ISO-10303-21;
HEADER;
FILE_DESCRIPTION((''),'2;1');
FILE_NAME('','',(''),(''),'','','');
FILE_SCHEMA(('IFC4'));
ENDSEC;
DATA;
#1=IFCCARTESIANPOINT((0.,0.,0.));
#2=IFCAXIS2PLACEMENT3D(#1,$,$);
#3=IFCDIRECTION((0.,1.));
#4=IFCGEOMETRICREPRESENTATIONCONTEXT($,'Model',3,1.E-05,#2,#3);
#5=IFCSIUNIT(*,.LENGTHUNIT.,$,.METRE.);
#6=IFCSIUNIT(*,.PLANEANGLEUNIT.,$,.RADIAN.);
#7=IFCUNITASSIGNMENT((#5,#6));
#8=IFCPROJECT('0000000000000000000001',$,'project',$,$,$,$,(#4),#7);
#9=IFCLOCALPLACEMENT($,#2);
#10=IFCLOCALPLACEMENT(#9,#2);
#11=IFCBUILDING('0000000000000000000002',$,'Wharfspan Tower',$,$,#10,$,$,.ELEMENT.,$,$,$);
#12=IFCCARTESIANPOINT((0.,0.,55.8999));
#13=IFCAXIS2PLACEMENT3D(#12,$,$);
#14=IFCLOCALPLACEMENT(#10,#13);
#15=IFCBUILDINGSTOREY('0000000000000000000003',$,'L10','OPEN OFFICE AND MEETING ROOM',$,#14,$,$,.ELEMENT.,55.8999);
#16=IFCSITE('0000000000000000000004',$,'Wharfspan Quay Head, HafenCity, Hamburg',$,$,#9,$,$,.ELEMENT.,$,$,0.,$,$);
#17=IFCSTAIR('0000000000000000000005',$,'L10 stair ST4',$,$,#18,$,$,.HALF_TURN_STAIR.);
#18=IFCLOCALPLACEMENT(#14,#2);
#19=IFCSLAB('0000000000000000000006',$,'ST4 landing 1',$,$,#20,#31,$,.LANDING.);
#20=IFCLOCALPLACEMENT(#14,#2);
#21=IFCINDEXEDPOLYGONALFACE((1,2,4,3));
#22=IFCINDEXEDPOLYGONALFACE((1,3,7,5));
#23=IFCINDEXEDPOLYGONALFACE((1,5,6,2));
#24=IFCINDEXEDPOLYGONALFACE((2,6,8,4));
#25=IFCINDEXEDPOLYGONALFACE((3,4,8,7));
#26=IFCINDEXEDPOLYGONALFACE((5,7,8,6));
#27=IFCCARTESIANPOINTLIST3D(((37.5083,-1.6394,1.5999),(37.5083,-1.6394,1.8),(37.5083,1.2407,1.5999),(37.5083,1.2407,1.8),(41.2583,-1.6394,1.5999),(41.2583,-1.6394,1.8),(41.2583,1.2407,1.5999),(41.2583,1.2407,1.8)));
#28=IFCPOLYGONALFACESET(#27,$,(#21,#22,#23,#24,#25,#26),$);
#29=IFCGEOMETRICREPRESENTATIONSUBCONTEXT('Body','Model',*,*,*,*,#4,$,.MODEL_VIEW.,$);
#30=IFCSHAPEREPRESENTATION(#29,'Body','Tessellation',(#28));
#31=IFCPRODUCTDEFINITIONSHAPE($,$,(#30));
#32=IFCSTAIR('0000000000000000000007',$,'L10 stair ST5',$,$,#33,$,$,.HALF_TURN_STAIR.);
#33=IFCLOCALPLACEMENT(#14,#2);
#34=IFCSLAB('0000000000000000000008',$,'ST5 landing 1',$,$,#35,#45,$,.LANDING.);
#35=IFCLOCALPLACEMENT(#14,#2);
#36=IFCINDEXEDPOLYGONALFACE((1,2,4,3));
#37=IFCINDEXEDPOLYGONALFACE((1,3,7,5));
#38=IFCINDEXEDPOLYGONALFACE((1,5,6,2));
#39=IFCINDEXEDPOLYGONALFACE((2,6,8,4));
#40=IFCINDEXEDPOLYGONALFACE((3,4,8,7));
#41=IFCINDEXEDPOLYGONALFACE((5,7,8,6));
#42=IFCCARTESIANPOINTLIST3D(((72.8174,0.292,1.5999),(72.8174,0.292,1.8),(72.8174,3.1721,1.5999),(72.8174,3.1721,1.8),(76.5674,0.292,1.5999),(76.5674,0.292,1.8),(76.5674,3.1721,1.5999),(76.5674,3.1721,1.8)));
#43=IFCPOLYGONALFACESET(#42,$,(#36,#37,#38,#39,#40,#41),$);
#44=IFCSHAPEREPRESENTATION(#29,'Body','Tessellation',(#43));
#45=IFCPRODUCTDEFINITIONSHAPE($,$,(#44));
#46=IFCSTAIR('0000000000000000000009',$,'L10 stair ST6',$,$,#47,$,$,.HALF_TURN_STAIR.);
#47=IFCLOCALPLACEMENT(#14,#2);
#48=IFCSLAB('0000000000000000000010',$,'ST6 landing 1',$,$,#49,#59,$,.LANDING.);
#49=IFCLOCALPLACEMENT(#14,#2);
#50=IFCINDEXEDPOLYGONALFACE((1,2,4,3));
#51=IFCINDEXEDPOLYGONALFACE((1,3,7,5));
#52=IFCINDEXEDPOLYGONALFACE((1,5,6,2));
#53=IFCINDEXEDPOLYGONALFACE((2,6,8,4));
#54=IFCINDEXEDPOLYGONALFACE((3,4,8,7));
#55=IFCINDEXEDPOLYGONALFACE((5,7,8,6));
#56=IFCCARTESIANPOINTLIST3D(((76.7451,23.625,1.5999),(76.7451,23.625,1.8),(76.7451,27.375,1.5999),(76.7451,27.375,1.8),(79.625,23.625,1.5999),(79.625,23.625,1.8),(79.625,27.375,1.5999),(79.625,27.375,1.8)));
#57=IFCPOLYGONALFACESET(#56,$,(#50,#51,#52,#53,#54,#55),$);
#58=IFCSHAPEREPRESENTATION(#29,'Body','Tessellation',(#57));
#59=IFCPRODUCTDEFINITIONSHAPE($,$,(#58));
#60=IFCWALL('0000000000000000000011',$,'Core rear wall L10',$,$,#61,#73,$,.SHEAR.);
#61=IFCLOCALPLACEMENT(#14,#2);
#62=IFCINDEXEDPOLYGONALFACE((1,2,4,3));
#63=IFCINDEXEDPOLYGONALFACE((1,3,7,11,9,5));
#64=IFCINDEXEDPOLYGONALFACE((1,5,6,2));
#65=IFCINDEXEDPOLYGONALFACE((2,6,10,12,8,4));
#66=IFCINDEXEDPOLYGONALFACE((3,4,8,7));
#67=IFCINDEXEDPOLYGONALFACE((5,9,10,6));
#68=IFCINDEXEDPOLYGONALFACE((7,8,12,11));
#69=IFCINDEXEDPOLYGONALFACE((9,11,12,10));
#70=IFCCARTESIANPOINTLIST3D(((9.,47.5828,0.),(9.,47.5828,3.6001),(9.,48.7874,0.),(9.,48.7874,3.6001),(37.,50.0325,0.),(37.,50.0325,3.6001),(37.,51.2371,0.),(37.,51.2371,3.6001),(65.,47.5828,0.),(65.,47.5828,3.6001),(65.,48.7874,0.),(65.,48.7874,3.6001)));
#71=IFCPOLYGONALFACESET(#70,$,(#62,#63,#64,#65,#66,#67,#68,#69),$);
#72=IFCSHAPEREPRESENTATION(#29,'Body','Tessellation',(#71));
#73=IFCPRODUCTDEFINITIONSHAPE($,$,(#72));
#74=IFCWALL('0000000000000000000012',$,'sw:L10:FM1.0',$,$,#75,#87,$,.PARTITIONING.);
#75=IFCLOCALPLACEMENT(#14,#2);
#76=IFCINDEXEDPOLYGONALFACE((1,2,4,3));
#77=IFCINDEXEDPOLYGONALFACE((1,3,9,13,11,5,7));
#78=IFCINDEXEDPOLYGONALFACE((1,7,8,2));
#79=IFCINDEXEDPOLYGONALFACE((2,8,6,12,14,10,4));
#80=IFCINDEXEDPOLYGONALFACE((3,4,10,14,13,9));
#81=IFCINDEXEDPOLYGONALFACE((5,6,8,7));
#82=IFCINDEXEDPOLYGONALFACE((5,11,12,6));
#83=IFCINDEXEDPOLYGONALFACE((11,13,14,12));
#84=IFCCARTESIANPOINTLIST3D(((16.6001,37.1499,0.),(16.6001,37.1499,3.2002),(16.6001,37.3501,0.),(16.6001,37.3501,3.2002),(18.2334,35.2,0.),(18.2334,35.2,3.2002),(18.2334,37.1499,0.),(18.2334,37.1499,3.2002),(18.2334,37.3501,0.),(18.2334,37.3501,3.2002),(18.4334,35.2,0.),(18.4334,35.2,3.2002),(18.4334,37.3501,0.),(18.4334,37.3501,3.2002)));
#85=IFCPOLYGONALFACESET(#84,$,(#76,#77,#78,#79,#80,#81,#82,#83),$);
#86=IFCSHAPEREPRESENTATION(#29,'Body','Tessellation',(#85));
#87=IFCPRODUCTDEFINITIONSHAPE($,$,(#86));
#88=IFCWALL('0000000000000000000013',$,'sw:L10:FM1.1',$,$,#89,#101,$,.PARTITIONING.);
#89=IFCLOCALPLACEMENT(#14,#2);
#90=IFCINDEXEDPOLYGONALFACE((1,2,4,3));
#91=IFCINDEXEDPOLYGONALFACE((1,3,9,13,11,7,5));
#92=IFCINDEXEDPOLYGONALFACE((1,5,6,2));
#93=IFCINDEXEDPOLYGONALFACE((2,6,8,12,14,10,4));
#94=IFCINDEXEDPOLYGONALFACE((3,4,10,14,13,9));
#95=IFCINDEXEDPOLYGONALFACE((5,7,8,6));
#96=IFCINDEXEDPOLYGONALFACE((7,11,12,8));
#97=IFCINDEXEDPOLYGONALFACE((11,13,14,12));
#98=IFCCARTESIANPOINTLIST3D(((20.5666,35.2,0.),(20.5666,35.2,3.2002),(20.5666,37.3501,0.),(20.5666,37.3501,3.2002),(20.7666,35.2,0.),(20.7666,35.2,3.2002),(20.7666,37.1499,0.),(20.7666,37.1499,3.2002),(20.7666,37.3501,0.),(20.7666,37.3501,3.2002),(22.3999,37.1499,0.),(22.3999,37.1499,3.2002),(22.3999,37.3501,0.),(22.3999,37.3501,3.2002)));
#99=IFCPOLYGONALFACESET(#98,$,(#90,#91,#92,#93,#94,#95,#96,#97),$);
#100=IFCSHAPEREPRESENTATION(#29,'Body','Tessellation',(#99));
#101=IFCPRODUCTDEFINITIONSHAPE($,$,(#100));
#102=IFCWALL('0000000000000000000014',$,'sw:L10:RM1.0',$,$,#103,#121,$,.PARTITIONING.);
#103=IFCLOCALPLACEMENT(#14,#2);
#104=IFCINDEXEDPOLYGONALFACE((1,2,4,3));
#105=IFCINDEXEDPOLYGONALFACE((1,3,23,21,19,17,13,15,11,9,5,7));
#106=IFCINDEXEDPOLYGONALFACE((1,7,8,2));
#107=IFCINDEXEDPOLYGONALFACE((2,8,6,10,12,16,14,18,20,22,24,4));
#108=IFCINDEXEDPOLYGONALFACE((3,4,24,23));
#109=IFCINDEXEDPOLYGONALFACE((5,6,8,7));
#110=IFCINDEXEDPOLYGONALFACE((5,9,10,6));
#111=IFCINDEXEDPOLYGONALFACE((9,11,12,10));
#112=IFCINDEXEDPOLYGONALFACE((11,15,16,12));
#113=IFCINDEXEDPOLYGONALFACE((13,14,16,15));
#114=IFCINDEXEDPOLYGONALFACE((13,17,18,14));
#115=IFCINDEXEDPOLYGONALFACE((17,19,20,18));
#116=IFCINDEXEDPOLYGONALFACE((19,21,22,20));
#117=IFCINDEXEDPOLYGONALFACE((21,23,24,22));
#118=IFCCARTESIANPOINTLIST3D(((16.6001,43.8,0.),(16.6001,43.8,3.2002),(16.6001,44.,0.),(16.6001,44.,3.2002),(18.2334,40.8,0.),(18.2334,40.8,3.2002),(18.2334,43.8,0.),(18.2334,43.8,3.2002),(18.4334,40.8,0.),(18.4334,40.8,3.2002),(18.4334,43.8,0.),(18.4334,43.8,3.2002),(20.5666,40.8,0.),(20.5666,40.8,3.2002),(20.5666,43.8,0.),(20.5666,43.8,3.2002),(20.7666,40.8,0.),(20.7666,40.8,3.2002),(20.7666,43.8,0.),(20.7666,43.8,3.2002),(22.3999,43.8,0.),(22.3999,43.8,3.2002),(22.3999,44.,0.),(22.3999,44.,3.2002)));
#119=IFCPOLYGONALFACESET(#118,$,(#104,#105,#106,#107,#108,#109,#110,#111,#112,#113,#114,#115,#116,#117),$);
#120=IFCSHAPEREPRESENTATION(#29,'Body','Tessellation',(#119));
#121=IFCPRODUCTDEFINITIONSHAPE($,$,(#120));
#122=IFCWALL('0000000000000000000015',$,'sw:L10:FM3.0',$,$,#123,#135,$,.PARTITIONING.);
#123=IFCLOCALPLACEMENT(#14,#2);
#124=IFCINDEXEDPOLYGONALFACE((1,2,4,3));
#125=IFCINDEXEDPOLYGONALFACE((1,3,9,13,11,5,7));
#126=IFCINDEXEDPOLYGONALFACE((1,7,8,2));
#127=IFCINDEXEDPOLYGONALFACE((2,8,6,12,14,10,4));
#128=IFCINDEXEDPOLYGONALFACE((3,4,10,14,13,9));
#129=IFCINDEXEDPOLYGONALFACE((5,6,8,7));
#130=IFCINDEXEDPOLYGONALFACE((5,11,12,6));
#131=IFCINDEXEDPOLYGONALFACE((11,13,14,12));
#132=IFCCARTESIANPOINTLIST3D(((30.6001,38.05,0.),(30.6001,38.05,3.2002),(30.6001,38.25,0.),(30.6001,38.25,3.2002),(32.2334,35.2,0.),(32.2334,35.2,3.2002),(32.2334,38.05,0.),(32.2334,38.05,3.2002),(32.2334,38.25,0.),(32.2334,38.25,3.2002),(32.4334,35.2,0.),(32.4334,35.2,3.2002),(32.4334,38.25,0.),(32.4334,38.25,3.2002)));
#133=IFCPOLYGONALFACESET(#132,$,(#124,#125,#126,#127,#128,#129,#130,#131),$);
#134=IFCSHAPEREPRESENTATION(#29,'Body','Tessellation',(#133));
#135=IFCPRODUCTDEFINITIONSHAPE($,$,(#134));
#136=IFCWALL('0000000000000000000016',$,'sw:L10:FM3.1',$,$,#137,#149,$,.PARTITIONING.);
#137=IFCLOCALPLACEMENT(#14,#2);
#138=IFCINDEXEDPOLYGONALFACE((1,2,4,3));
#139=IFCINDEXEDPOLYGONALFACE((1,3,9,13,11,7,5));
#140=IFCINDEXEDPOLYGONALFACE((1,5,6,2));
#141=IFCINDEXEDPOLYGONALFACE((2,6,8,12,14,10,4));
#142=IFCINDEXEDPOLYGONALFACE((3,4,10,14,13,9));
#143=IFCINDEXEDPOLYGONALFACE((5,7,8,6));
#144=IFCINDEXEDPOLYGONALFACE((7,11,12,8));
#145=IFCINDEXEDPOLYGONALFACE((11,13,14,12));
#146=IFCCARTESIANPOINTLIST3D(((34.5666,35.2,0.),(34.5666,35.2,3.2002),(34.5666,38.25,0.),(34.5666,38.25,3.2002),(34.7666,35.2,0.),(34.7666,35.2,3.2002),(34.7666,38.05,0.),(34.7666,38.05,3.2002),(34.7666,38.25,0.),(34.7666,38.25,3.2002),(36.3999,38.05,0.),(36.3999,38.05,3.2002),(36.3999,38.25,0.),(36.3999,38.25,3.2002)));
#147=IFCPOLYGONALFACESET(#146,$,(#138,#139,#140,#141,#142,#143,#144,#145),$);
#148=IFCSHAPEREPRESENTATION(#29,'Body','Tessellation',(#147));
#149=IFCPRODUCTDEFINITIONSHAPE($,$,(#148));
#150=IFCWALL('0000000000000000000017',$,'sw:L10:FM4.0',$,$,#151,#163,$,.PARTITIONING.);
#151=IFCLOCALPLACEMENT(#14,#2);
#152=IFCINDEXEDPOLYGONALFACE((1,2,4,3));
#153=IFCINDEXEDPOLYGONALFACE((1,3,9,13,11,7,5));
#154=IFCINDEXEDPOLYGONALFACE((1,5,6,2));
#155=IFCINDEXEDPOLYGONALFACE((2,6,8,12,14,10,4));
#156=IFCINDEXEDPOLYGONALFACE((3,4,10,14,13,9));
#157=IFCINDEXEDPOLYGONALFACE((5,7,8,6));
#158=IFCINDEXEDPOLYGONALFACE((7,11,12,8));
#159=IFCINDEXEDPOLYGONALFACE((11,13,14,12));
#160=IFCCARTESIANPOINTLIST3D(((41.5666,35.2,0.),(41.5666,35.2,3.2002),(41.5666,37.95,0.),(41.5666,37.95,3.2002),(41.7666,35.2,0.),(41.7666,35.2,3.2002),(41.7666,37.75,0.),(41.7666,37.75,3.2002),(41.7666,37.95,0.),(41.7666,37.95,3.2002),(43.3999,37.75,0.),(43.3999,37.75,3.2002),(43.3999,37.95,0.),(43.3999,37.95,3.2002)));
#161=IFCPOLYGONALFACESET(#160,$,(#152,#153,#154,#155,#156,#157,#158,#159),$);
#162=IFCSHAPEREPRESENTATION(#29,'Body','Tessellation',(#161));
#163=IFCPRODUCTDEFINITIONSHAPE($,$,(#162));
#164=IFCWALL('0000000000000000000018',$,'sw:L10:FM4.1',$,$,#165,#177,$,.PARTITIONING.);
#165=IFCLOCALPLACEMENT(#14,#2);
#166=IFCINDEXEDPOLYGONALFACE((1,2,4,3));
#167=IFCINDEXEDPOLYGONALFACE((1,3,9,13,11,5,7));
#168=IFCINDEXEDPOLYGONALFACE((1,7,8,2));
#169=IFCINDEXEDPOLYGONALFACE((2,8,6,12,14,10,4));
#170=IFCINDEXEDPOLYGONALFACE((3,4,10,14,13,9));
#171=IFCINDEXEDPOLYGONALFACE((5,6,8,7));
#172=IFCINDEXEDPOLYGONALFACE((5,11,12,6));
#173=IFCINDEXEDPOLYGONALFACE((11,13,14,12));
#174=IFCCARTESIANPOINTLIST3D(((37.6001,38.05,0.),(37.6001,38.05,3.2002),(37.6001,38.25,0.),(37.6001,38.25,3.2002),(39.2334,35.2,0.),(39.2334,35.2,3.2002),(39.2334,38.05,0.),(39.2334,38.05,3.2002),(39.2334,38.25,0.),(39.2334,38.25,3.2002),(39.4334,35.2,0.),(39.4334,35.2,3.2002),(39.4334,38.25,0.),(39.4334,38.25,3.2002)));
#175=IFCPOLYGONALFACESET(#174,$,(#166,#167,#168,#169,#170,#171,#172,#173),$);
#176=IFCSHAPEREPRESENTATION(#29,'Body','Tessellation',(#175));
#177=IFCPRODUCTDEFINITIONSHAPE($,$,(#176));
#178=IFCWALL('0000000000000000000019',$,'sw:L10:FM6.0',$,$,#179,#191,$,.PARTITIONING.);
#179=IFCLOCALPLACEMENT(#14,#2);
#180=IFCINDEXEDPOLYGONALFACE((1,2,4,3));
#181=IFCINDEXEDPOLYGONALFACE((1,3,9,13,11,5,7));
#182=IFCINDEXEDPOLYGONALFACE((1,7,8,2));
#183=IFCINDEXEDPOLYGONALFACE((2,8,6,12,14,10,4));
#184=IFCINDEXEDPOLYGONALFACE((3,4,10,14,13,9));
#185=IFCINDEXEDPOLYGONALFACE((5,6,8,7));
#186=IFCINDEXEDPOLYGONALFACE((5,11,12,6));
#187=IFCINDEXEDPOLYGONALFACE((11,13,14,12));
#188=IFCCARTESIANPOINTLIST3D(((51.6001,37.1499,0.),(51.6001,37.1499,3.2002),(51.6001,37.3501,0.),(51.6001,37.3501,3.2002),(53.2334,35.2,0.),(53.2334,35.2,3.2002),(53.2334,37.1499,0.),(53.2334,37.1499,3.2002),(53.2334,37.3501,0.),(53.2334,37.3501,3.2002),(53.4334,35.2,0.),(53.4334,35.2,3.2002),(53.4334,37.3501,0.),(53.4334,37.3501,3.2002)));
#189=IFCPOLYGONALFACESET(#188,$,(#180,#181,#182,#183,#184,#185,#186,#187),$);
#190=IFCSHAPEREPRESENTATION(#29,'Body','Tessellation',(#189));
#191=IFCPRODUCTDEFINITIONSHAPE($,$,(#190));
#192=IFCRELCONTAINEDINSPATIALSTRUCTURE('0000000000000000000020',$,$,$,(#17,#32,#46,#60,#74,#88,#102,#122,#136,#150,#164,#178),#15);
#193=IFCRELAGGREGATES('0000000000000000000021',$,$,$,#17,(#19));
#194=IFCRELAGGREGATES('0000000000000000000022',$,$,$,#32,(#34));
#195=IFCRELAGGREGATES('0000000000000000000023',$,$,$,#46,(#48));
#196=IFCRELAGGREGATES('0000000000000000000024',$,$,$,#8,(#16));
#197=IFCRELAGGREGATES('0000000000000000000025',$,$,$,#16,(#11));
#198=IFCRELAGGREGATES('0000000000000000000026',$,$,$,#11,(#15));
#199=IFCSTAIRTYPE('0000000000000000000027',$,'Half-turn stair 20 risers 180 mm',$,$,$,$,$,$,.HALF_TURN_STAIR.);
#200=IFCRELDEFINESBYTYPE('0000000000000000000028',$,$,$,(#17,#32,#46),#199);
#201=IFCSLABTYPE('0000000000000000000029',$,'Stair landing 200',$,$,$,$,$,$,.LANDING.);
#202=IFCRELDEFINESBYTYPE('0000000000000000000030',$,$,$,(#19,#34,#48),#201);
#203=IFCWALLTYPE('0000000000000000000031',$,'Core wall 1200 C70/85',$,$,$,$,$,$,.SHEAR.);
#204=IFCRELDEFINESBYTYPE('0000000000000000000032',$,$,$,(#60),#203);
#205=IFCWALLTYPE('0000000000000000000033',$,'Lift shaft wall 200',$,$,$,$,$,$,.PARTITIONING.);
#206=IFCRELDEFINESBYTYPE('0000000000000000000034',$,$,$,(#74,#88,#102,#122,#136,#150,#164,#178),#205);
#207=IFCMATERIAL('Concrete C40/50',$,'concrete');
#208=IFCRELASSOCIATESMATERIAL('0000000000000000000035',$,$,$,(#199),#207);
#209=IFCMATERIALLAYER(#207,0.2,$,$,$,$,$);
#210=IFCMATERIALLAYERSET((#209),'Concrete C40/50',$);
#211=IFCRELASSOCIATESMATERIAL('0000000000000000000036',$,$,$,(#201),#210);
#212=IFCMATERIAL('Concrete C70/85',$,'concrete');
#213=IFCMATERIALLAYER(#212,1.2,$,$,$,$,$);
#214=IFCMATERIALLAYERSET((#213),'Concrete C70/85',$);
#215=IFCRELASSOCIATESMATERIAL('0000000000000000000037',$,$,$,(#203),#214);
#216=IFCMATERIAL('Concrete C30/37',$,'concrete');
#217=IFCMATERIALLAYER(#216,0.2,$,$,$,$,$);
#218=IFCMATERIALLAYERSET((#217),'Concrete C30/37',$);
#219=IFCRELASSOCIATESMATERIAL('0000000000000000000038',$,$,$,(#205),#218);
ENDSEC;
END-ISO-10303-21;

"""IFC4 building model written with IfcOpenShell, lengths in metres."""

from ifc_helpers import new_model, si_unit, direction, frame, origin, place, context, subcontext, project, spatial, polyline, outline, extrude, material, layer, layer_set, type_object, element, aggregate, save


model = new_model("IFC4")

# Units and contexts
model_context = context("Model", 3, precision=1e-05, world=origin(), true_north=direction((0.0, 1.0)))
body_context = subcontext(model_context, "Body", "Model", "MODEL_VIEW")
ifc_project = project(units=[si_unit("LENGTHUNIT", "METRE"), si_unit("PLANEANGLEUNIT", "RADIAN")], contexts=[model_context])

# Site, building, storey
site_placement = place(None, origin())
site = spatial("IfcSite", under=ifc_project, at=site_placement, Name="Wharfspan Quay Head, HafenCity, Hamburg", CompositionType="ELEMENT", RefElevation=0.0)
building_placement = place(site_placement, origin())
building = spatial("IfcBuilding", under=site, at=building_placement, Name="Wharfspan Tower", CompositionType="ELEMENT")
storey_placement = place(building_placement, frame((0.0, 0.0, 55.8999)))
storey = spatial("IfcBuildingStorey", under=building, at=storey_placement, Name="L10", Description="OPEN OFFICE AND MEETING ROOM", CompositionType="ELEMENT", Elevation=55.8999)

# Shared definitions
ifc_material_1 = material(Name="Concrete C40/50", Category="concrete")

# Stairs, slabs
stair_type = type_object("IfcStairType", Name="Half-turn stair 20 risers 180 mm", PredefinedType="HALF_TURN_STAIR", material=ifc_material_1)
ifc_layer_1 = layer(ifc_material_1, 0.2)
ifc_layer_set_1 = layer_set([ifc_layer_1], Name="Concrete C40/50")
slab_type_1 = type_object("IfcSlabType", Name="Stair landing 200", PredefinedType="LANDING", material=ifc_layer_set_1)
stair_1_placement = place(storey_placement, origin())
stair_1 = element("IfcStair", 1, at=stair_1_placement, inside=storey, type_object=stair_type, Name="L10 stair ST4", PredefinedType="HALF_TURN_STAIR")
slab_1_placement = place(storey_placement, frame((0.0, 0.0, 1.5999)))
slab_1 = element("IfcSlab", 2, at=slab_1_placement, type_object=slab_type_1, Name="ST4 landing 1", PredefinedType="LANDING", context=body_context, shape_type="SweptSolid", body=[
    extrude(outline(polyline([(37.5083, 1.2407), (37.5083, -1.6394), (41.2583, -1.6394), (41.2583, 1.2407), (37.5083, 1.2407)])), origin(), (0.0, 0.0, 1.0), 0.2002),
])
aggregate(stair_1, [slab_1])
stair_2_placement = place(storey_placement, origin())
stair_2 = element("IfcStair", 3, at=stair_2_placement, inside=storey, type_object=stair_type, Name="L10 stair ST5", PredefinedType="HALF_TURN_STAIR")
slab_2_placement = place(storey_placement, frame((0.0, 0.0, 1.5999)))
slab_2 = element("IfcSlab", 4, at=slab_2_placement, type_object=slab_type_1, Name="ST5 landing 1", PredefinedType="LANDING", context=body_context, shape_type="SweptSolid", body=[
    extrude(outline(polyline([(72.8174, 3.1721), (72.8174, 0.292), (76.5674, 0.292), (76.5674, 3.1721), (72.8174, 3.1721)])), origin(), (0.0, 0.0, 1.0), 0.2002),
])
aggregate(stair_2, [slab_2])
stair_3_placement = place(storey_placement, origin())
stair_3 = element("IfcStair", 5, at=stair_3_placement, inside=storey, type_object=stair_type, Name="L10 stair ST6", PredefinedType="HALF_TURN_STAIR")
slab_3_placement = place(storey_placement, frame((0.0, 0.0, 1.5999)))
slab_3 = element("IfcSlab", 6, at=slab_3_placement, type_object=slab_type_1, Name="ST6 landing 1", PredefinedType="LANDING", context=body_context, shape_type="SweptSolid", body=[
    extrude(outline(polyline([(76.7451, 23.625), (79.625, 23.625), (79.625, 27.375), (76.7451, 27.375), (76.7451, 23.625)])), origin(), (0.0, 0.0, 1.0), 0.2002),
])
aggregate(stair_3, [slab_3])

# Walls
ifc_material_2 = material(Name="Concrete C70/85", Category="concrete")
ifc_layer_2 = layer(ifc_material_2, 1.2)
ifc_layer_set_2 = layer_set([ifc_layer_2], Name="Concrete C70/85")
wall_type_1 = type_object("IfcWallType", Name="Core wall 1200 C70/85", PredefinedType="SHEAR", material=ifc_layer_set_2)
wall_1_placement = place(storey_placement, origin())
element("IfcWall", 7, at=wall_1_placement, inside=storey, type_object=wall_type_1, Name="Core rear wall L10", PredefinedType="SHEAR", context=body_context, shape_type="SweptSolid", body=[
    extrude(outline(polyline([(9.0, 47.5828), (37.0, 50.0325), (65.0, 47.5828), (65.0, 48.7874), (37.0, 51.2371), (9.0, 48.7874), (9.0, 47.5828)])), origin(), (0.0, 0.0, 1.0), 3.6001),
])
ifc_material_3 = material(Name="Concrete C30/37", Category="concrete")
ifc_layer_3 = layer(ifc_material_3, 0.2)
ifc_layer_set_3 = layer_set([ifc_layer_3], Name="Concrete C30/37")
wall_type_2 = type_object("IfcWallType", Name="Lift shaft wall 200", PredefinedType="PARTITIONING", material=ifc_layer_set_3)
wall_2_placement = place(storey_placement, origin())
element("IfcWall", 8, at=wall_2_placement, inside=storey, type_object=wall_type_2, Name="sw:L10:FM1.0", PredefinedType="PARTITIONING", context=body_context, shape_type="SweptSolid", body=[
    extrude(outline(polyline([(18.2334, 37.1499), (16.6001, 37.1499), (16.6001, 37.3501), (18.2334, 37.3501), (18.4334, 37.3501), (18.4334, 35.2), (18.2334, 35.2), (18.2334, 37.1499)])), origin(), (0.0, 0.0, 1.0), 3.2002),
])
wall_3_placement = place(storey_placement, origin())
element("IfcWall", 9, at=wall_3_placement, inside=storey, type_object=wall_type_2, Name="sw:L10:FM1.1", PredefinedType="PARTITIONING", context=body_context, shape_type="SweptSolid", body=[
    extrude(outline(polyline([(20.5666, 37.3501), (20.7666, 37.3501), (22.3999, 37.3501), (22.3999, 37.1499), (20.7666, 37.1499), (20.7666, 35.2), (20.5666, 35.2), (20.5666, 37.3501)])), origin(), (0.0, 0.0, 1.0), 3.2002),
])
wall_4_placement = place(storey_placement, origin())
element("IfcWall", 10, at=wall_4_placement, inside=storey, type_object=wall_type_2, Name="sw:L10:RM1.0", PredefinedType="PARTITIONING", context=body_context, shape_type="SweptSolid", body=[
    extrude(outline(polyline([(18.4334, 40.8), (18.2334, 40.8), (18.2334, 43.8), (16.6001, 43.8), (16.6001, 44.0), (22.3999, 44.0), (22.3999, 43.8), (20.7666, 43.8), (20.7666, 40.8), (20.5666, 40.8), (20.5666, 43.8), (18.4334, 43.8), (18.4334, 40.8)])), origin(), (0.0, 0.0, 1.0), 3.2002),
])
wall_5_placement = place(storey_placement, origin())
element("IfcWall", 11, at=wall_5_placement, inside=storey, type_object=wall_type_2, Name="sw:L10:FM3.0", PredefinedType="PARTITIONING", context=body_context, shape_type="SweptSolid", body=[
    extrude(outline(polyline([(32.2334, 38.05), (30.6001, 38.05), (30.6001, 38.25), (32.2334, 38.25), (32.4333, 38.25), (32.4333, 35.2), (32.2334, 35.2), (32.2334, 38.05)])), origin(), (0.0, 0.0, 1.0), 3.2002),
])
wall_6_placement = place(storey_placement, origin())
element("IfcWall", 12, at=wall_6_placement, inside=storey, type_object=wall_type_2, Name="sw:L10:FM3.1", PredefinedType="PARTITIONING", context=body_context, shape_type="SweptSolid", body=[
    extrude(outline(polyline([(34.5667, 38.25), (34.7666, 38.25), (36.3999, 38.25), (36.3999, 38.05), (34.7666, 38.05), (34.7666, 35.2), (34.5667, 35.2), (34.5667, 38.25)])), origin(), (0.0, 0.0, 1.0), 3.2002),
])
wall_7_placement = place(storey_placement, origin())
element("IfcWall", 13, at=wall_7_placement, inside=storey, type_object=wall_type_2, Name="sw:L10:FM4.0", PredefinedType="PARTITIONING", context=body_context, shape_type="SweptSolid", body=[
    extrude(outline(polyline([(41.5667, 37.95), (41.7666, 37.95), (43.3999, 37.95), (43.3999, 37.75), (41.7666, 37.75), (41.7666, 35.2), (41.5667, 35.2), (41.5667, 37.95)])), origin(), (0.0, 0.0, 1.0), 3.2002),
])
wall_8_placement = place(storey_placement, origin())
element("IfcWall", 14, at=wall_8_placement, inside=storey, type_object=wall_type_2, Name="sw:L10:FM4.1", PredefinedType="PARTITIONING", context=body_context, shape_type="SweptSolid", body=[
    extrude(outline(polyline([(39.2334, 38.05), (37.6001, 38.05), (37.6001, 38.25), (39.2334, 38.25), (39.4333, 38.25), (39.4333, 35.2), (39.2334, 35.2), (39.2334, 38.05)])), origin(), (0.0, 0.0, 1.0), 3.2002),
])
wall_9_placement = place(storey_placement, origin())
element("IfcWall", 15, at=wall_9_placement, inside=storey, type_object=wall_type_2, Name="sw:L10:FM6.0", PredefinedType="PARTITIONING", context=body_context, shape_type="SweptSolid", body=[
    extrude(outline(polyline([(53.2334, 37.1499), (51.6001, 37.1499), (51.6001, 37.3501), (53.2334, 37.3501), (53.4333, 37.3501), (53.4333, 35.2), (53.2334, 35.2), (53.2334, 37.1499)])), origin(), (0.0, 0.0, 1.0), 3.2002),
])

save(model, "model.ifc")
